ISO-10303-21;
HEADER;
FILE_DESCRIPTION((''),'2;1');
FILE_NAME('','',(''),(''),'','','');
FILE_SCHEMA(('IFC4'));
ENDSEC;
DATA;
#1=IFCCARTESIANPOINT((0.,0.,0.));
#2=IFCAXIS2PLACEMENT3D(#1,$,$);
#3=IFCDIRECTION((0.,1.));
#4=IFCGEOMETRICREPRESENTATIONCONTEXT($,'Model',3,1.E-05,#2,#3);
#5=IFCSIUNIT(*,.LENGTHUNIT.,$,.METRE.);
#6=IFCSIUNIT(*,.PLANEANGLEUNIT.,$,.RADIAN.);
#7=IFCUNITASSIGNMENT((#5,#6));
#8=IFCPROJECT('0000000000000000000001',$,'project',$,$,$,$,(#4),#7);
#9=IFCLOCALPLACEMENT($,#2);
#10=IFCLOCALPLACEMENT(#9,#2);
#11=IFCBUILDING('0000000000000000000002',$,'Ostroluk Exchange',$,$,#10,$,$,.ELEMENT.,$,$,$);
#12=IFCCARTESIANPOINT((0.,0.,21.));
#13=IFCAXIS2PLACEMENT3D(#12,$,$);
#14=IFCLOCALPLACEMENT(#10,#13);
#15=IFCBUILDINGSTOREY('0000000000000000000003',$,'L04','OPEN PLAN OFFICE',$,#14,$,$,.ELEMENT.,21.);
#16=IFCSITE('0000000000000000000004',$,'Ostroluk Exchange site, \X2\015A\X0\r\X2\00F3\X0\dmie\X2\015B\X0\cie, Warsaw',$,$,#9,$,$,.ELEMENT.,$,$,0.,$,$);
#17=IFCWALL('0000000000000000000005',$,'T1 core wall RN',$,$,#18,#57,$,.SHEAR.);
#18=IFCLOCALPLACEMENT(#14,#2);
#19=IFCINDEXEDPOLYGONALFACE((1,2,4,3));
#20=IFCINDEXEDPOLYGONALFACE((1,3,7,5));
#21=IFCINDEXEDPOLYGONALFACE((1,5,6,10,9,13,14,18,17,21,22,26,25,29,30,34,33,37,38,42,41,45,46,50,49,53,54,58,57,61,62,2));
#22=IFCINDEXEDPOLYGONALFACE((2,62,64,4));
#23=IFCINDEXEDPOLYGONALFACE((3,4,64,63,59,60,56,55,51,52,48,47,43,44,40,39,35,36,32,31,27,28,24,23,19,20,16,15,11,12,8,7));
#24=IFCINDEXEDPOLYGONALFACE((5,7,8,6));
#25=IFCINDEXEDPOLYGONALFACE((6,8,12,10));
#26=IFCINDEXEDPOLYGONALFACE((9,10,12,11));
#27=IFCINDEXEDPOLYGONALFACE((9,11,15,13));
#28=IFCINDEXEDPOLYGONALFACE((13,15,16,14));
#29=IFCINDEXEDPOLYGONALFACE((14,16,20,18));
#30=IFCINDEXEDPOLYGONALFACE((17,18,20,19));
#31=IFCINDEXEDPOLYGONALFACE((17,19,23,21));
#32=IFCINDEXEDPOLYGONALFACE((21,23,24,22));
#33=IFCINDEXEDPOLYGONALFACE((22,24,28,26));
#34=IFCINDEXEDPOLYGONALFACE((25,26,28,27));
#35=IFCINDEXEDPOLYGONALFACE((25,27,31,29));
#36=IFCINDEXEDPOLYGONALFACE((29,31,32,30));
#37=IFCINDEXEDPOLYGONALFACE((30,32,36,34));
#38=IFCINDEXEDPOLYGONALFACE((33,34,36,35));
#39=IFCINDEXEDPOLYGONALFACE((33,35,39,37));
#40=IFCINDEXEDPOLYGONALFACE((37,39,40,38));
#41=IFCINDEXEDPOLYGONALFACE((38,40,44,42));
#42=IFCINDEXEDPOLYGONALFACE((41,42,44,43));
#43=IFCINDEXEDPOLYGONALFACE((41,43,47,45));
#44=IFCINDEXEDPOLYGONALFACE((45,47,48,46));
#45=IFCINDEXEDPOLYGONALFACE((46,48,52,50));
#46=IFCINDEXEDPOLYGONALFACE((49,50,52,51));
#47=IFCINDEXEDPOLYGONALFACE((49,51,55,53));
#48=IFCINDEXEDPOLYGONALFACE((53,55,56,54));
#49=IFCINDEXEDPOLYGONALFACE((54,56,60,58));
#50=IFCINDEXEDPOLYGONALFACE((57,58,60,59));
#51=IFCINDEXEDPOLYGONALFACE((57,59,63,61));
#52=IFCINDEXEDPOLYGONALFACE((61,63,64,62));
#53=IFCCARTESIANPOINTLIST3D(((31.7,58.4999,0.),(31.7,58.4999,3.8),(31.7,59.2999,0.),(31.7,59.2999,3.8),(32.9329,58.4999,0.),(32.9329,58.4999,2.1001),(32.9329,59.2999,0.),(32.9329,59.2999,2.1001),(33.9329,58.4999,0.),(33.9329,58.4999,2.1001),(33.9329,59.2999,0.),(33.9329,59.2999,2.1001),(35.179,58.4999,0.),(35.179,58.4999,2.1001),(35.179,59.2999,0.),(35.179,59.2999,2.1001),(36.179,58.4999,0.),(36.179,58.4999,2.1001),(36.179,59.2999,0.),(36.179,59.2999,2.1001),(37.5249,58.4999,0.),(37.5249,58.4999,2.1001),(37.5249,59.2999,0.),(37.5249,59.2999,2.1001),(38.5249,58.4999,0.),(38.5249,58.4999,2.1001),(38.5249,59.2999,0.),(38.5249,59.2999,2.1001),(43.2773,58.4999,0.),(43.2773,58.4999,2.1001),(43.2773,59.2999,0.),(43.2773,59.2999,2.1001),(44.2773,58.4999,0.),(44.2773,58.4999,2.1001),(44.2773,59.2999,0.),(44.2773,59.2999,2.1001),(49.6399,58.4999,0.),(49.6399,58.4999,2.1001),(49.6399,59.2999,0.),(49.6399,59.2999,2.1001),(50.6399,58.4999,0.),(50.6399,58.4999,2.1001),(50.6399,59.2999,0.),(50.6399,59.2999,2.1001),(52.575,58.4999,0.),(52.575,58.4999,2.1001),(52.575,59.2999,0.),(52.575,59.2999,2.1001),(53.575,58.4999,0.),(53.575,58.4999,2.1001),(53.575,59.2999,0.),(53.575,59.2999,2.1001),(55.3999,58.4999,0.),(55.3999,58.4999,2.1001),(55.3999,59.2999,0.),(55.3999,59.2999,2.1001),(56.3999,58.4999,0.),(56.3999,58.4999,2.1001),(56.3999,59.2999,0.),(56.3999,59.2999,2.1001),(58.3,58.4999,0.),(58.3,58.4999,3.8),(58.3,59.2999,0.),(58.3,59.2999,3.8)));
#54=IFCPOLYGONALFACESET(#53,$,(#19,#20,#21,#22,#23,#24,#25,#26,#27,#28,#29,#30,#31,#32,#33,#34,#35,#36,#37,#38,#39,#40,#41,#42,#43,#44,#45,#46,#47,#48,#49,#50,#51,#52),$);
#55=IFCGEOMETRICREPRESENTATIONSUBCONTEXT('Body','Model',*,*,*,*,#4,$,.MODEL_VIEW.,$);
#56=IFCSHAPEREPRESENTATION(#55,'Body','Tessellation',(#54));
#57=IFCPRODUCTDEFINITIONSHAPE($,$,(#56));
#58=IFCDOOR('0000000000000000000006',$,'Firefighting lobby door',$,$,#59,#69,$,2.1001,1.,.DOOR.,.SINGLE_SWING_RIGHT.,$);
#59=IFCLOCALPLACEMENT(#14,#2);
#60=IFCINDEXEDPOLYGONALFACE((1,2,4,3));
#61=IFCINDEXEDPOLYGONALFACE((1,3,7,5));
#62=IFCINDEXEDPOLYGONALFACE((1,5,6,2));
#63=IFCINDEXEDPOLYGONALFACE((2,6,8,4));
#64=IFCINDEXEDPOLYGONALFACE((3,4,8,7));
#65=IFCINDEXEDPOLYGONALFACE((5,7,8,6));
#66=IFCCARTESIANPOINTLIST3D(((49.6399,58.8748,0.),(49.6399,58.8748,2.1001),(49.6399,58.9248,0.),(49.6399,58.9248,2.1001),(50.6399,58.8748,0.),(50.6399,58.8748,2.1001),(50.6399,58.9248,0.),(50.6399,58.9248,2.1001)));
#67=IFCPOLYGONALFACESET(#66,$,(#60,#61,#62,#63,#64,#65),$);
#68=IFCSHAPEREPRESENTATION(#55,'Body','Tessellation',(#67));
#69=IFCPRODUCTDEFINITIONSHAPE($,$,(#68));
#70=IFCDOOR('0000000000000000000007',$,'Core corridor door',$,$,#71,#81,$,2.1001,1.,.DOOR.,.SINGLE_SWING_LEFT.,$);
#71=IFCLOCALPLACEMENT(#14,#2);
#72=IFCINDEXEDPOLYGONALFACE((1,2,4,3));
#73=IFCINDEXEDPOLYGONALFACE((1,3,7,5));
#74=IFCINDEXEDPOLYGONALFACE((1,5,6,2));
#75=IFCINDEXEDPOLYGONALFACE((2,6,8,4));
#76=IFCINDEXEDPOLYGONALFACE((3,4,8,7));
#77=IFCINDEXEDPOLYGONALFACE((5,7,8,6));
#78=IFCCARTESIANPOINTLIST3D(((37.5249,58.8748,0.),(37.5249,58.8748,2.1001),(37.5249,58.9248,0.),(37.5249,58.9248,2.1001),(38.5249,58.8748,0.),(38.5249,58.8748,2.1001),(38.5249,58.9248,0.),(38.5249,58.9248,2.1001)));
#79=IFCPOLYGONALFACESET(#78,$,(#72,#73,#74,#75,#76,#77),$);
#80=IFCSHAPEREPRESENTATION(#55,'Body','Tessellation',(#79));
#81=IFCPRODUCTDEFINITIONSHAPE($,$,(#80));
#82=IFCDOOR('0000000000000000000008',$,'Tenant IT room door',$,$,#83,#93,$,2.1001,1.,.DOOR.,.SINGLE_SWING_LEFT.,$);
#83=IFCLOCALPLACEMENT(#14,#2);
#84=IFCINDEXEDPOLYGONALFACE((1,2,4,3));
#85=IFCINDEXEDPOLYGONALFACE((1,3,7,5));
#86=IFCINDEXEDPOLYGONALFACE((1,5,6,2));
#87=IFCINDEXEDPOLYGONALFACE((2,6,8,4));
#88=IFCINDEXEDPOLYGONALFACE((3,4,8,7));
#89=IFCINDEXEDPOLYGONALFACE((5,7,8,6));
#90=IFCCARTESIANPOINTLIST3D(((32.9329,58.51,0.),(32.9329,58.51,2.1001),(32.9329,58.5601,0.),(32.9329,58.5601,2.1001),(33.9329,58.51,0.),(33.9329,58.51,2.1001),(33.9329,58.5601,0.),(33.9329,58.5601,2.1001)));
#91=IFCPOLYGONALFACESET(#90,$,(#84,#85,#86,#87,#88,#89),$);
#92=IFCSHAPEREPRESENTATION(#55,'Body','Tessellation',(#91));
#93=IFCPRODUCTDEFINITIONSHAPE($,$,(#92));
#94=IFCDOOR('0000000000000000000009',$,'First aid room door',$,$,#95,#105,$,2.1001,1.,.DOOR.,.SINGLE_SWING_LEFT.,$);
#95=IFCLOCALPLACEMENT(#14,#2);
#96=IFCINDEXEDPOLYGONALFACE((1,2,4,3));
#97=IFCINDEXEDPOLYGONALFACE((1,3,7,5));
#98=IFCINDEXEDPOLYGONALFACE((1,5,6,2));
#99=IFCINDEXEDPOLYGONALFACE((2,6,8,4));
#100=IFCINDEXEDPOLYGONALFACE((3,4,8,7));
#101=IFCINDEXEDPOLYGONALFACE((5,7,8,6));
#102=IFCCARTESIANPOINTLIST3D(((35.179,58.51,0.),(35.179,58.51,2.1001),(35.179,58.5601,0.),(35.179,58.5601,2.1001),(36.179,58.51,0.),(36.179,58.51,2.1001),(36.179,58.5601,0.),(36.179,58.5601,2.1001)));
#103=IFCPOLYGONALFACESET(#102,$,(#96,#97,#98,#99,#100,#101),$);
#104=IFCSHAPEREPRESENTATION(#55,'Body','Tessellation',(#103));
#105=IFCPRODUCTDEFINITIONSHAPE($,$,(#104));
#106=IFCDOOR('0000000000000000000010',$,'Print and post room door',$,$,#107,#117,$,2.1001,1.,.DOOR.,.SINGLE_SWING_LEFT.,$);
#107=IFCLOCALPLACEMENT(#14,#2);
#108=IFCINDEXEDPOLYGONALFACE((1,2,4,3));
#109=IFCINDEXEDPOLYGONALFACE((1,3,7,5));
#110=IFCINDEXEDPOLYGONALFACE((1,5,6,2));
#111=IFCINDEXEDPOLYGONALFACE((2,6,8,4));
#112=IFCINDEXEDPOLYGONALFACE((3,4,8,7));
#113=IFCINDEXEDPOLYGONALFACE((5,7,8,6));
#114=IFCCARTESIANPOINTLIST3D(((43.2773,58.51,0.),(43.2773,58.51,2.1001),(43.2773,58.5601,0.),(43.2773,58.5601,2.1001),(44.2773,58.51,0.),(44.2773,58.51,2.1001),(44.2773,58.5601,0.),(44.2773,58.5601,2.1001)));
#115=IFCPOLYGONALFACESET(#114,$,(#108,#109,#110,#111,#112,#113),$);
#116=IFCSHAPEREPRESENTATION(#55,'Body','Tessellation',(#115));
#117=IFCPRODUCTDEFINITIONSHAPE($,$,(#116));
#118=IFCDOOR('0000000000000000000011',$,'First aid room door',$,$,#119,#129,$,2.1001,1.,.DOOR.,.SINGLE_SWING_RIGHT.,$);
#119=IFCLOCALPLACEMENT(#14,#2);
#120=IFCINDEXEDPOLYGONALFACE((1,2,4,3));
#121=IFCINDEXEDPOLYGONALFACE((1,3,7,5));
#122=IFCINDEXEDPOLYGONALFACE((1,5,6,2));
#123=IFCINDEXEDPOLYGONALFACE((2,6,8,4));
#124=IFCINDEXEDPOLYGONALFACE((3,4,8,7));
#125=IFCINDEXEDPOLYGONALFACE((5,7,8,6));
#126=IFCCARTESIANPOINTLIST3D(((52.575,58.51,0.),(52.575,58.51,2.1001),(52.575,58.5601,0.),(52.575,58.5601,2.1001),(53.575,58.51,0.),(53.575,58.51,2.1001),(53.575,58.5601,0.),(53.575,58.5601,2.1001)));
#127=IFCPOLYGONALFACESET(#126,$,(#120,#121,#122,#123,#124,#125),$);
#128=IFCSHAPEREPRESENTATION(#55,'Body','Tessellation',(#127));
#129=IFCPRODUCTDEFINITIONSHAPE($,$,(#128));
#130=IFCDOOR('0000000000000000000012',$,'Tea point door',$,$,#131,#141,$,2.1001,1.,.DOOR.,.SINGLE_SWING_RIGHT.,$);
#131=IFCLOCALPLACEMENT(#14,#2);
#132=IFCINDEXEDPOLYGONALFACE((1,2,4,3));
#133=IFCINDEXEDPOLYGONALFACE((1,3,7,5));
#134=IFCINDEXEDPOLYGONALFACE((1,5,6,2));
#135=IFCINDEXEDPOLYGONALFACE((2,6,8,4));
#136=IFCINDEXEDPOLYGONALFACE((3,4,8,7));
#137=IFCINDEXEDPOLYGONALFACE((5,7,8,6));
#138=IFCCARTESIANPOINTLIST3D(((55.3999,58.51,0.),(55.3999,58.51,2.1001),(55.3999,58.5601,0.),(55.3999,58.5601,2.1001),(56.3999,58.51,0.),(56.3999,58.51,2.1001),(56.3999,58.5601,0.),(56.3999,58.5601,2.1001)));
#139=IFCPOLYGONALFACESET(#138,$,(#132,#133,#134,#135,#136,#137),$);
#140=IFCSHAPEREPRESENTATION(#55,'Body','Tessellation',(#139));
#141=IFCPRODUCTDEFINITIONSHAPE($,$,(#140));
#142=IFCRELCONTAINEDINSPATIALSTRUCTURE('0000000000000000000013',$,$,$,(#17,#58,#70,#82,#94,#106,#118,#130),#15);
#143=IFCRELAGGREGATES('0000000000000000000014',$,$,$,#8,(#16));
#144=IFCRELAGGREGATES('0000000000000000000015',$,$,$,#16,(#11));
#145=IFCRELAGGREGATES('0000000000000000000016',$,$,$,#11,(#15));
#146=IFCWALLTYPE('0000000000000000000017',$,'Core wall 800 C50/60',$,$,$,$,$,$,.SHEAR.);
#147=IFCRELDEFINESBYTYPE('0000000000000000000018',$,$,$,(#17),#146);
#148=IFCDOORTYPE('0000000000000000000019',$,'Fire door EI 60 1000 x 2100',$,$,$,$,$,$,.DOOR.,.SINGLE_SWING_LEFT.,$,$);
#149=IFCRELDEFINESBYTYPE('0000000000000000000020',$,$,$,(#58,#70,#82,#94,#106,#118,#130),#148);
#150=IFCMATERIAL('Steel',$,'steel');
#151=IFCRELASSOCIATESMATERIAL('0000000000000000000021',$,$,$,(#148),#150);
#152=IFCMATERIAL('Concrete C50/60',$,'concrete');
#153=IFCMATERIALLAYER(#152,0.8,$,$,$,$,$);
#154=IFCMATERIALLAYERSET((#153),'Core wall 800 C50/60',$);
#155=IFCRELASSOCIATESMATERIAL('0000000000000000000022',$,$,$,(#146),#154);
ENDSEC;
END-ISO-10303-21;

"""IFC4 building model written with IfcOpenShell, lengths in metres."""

from ifc_helpers import new_model, si_unit, direction, frame, frame_2d, origin, place, context, subcontext, project, spatial, rectangle, extrude, material, layer, layer_set, type_object, element, fill, save


model = new_model("IFC4")

# Units and contexts
model_context = context("Model", 3, precision=1e-05, world=origin(), true_north=direction((0.0, 1.0)))
body_context = subcontext(model_context, "Body", "Model", "MODEL_VIEW")
ifc_project = project(units=[si_unit("LENGTHUNIT", "METRE"), si_unit("PLANEANGLEUNIT", "RADIAN")], contexts=[model_context])

# Site, building, storey
site_placement = place(None, origin())
site = spatial("IfcSite", under=ifc_project, at=site_placement, Name="Ostroluk Exchange site, Śródmieście, Warsaw", CompositionType="ELEMENT", RefElevation=0.0)
building_placement = place(site_placement, origin())
building = spatial("IfcBuilding", under=site, at=building_placement, Name="Ostroluk Exchange", CompositionType="ELEMENT")
storey_placement = place(building_placement, frame((0.0, 0.0, 21.0)))
storey = spatial("IfcBuildingStorey", under=building, at=storey_placement, Name="L04", Description="OPEN PLAN OFFICE", CompositionType="ELEMENT", Elevation=21.0)

# Wall, openings, doors
ifc_material_1 = material(Name="Steel", Category="steel")
door_type = type_object("IfcDoorType", Name="Fire door EI 60 1000 x 2100", OperationType="SINGLE_SWING_LEFT", PredefinedType="DOOR", material=ifc_material_1)
ifc_material_2 = material(Name="Concrete C50/60", Category="concrete")
ifc_layer_1 = layer(ifc_material_2, 0.8)
ifc_layer_set_1 = layer_set([ifc_layer_1], Name="Core wall 800 C50/60")
wall_type_1 = type_object("IfcWallType", Name="Core wall 800 C50/60", PredefinedType="SHEAR", material=ifc_layer_set_1)
wall_1_placement = place(storey_placement, frame((31.7, 58.8999, 0.0), z_axis=(0.0, 0.0, 1.0), x_axis=(1.0, 0.0, 0.0)))
wall_1 = element("IfcWall", 1, at=wall_1_placement, inside=storey, type_object=wall_type_1, Name="T1 core wall RN", PredefinedType="SHEAR", context=body_context, shape_type="SweptSolid", body=[
    extrude(rectangle(XDim=26.6001, YDim=0.8, at=frame_2d((13.3, 0.0))), origin(), (0.0, 0.0, 1.0), 3.8),
])
opening_1_placement = place(wall_1_placement, frame((17.9399, 0.0, 0.0)))
opening_1 = element("IfcOpeningElement", 2, at=opening_1_placement, cuts=wall_1, PredefinedType="OPENING", context=body_context, shape_type="SweptSolid", body=[
    extrude(rectangle(XDim=1.0, YDim=2.1001, at=frame_2d((0.5, 1.05))), frame((0.0, 0.4099, 0.0), z_axis=(0.0, -1.0, 0.0), x_axis=(1.0, 0.0, 0.0)), (0.0, 0.0, 1.0), 0.8201),
])
opening_2_placement = place(wall_1_placement, frame((5.825, 0.0, 0.0)))
opening_2 = element("IfcOpeningElement", 3, at=opening_2_placement, cuts=wall_1, PredefinedType="OPENING", context=body_context, shape_type="SweptSolid", body=[
    extrude(rectangle(XDim=1.0, YDim=2.1001, at=frame_2d((0.5, 1.05))), frame((0.0, 0.4099, 0.0), z_axis=(0.0, -1.0, 0.0), x_axis=(1.0, 0.0, 0.0)), (0.0, 0.0, 1.0), 0.8201),
])
opening_3_placement = place(wall_1_placement, frame((1.2329, 0.0, 0.0)))
opening_3 = element("IfcOpeningElement", 4, at=opening_3_placement, cuts=wall_1, PredefinedType="OPENING", context=body_context, shape_type="SweptSolid", body=[
    extrude(rectangle(XDim=1.0, YDim=2.1001, at=frame_2d((0.5, 1.05))), frame((0.0, 0.4099, 0.0), z_axis=(0.0, -1.0, 0.0), x_axis=(1.0, 0.0, 0.0)), (0.0, 0.0, 1.0), 0.8201),
])
opening_4_placement = place(wall_1_placement, frame((3.479, 0.0, 0.0)))
opening_4 = element("IfcOpeningElement", 5, at=opening_4_placement, cuts=wall_1, PredefinedType="OPENING", context=body_context, shape_type="SweptSolid", body=[
    extrude(rectangle(XDim=1.0, YDim=2.1001, at=frame_2d((0.5, 1.05))), frame((0.0, 0.4099, 0.0), z_axis=(0.0, -1.0, 0.0), x_axis=(1.0, 0.0, 0.0)), (0.0, 0.0, 1.0), 0.8201),
])
opening_5_placement = place(wall_1_placement, frame((11.5774, 0.0, 0.0)))
opening_5 = element("IfcOpeningElement", 6, at=opening_5_placement, cuts=wall_1, PredefinedType="OPENING", context=body_context, shape_type="SweptSolid", body=[
    extrude(rectangle(XDim=1.0, YDim=2.1001, at=frame_2d((0.5, 1.05))), frame((0.0, 0.4099, 0.0), z_axis=(0.0, -1.0, 0.0), x_axis=(1.0, 0.0, 0.0)), (0.0, 0.0, 1.0), 0.8201),
])
opening_6_placement = place(wall_1_placement, frame((20.875, 0.0, 0.0)))
opening_6 = element("IfcOpeningElement", 7, at=opening_6_placement, cuts=wall_1, PredefinedType="OPENING", context=body_context, shape_type="SweptSolid", body=[
    extrude(rectangle(XDim=1.0, YDim=2.1001, at=frame_2d((0.5, 1.05))), frame((0.0, 0.4099, 0.0), z_axis=(0.0, -1.0, 0.0), x_axis=(1.0, 0.0, 0.0)), (0.0, 0.0, 1.0), 0.8201),
])
opening_7_placement = place(wall_1_placement, frame((23.7, 0.0, 0.0)))
opening_7 = element("IfcOpeningElement", 8, at=opening_7_placement, cuts=wall_1, PredefinedType="OPENING", context=body_context, shape_type="SweptSolid", body=[
    extrude(rectangle(XDim=1.0, YDim=2.1001, at=frame_2d((0.5, 1.05))), frame((0.0, 0.4099, 0.0), z_axis=(0.0, -1.0, 0.0), x_axis=(1.0, 0.0, 0.0)), (0.0, 0.0, 1.0), 0.8201),
])
door_1_placement = place(opening_1_placement, origin())
door_1 = element("IfcDoor", 9, at=door_1_placement, inside=storey, type_object=door_type, Name="Firefighting lobby door", OperationType="SINGLE_SWING_RIGHT", OverallHeight=2.1001, OverallWidth=1.0, PredefinedType="DOOR", context=body_context, shape_type="SweptSolid", body=[
    extrude(rectangle(XDim=1.0, YDim=2.1001, at=frame_2d((0.5, 1.05))), frame((0.0, 0.0249, 0.0), z_axis=(0.0, -1.0, 0.0), x_axis=(1.0, 0.0, 0.0)), (0.0, 0.0, 1.0), 0.05),
])
fill(opening_1, door_1)
door_2_placement = place(opening_2_placement, origin())
door_2 = element("IfcDoor", 10, at=door_2_placement, inside=storey, type_object=door_type, Name="Core corridor door", OperationType="SINGLE_SWING_LEFT", OverallHeight=2.1001, OverallWidth=1.0, PredefinedType="DOOR", context=body_context, shape_type="SweptSolid", body=[
    extrude(rectangle(XDim=1.0, YDim=2.1001, at=frame_2d((0.5, 1.05))), frame((0.0, 0.0249, 0.0), z_axis=(0.0, -1.0, 0.0), x_axis=(1.0, 0.0, 0.0)), (0.0, 0.0, 1.0), 0.05),
])
fill(opening_2, door_2)
door_3_placement = place(opening_3_placement, origin())
door_3 = element("IfcDoor", 11, at=door_3_placement, inside=storey, type_object=door_type, Name="Tenant IT room door", OperationType="SINGLE_SWING_LEFT", OverallHeight=2.1001, OverallWidth=1.0, PredefinedType="DOOR", context=body_context, shape_type="SweptSolid", body=[
    extrude(rectangle(XDim=1.0, YDim=2.1001, at=frame_2d((0.5, 1.05))), frame((0.0, -0.3398, 0.0), z_axis=(0.0, -1.0, 0.0), x_axis=(1.0, 0.0, 0.0)), (0.0, 0.0, 1.0), 0.05),
])
fill(opening_3, door_3)
door_4_placement = place(opening_4_placement, origin())
door_4 = element("IfcDoor", 12, at=door_4_placement, inside=storey, type_object=door_type, Name="First aid room door", OperationType="SINGLE_SWING_LEFT", OverallHeight=2.1001, OverallWidth=1.0, PredefinedType="DOOR", context=body_context, shape_type="SweptSolid", body=[
    extrude(rectangle(XDim=1.0, YDim=2.1001, at=frame_2d((0.5, 1.05))), frame((0.0, -0.3398, 0.0), z_axis=(0.0, -1.0, 0.0), x_axis=(1.0, 0.0, 0.0)), (0.0, 0.0, 1.0), 0.05),
])
fill(opening_4, door_4)
door_5_placement = place(opening_5_placement, origin())
door_5 = element("IfcDoor", 13, at=door_5_placement, inside=storey, type_object=door_type, Name="Print and post room door", OperationType="SINGLE_SWING_LEFT", OverallHeight=2.1001, OverallWidth=1.0, PredefinedType="DOOR", context=body_context, shape_type="SweptSolid", body=[
    extrude(rectangle(XDim=1.0, YDim=2.1001, at=frame_2d((0.5, 1.05))), frame((0.0, -0.3398, 0.0), z_axis=(0.0, -1.0, 0.0), x_axis=(1.0, 0.0, 0.0)), (0.0, 0.0, 1.0), 0.05),
])
fill(opening_5, door_5)
door_6_placement = place(opening_6_placement, origin())
door_6 = element("IfcDoor", 14, at=door_6_placement, inside=storey, type_object=door_type, Name="First aid room door", OperationType="SINGLE_SWING_RIGHT", OverallHeight=2.1001, OverallWidth=1.0, PredefinedType="DOOR", context=body_context, shape_type="SweptSolid", body=[
    extrude(rectangle(XDim=1.0, YDim=2.1001, at=frame_2d((0.5, 1.05))), frame((0.0, -0.3398, 0.0), z_axis=(0.0, -1.0, 0.0), x_axis=(1.0, 0.0, 0.0)), (0.0, 0.0, 1.0), 0.05),
])
fill(opening_6, door_6)
door_7_placement = place(opening_7_placement, origin())
door_7 = element("IfcDoor", 15, at=door_7_placement, inside=storey, type_object=door_type, Name="Tea point door", OperationType="SINGLE_SWING_RIGHT", OverallHeight=2.1001, OverallWidth=1.0, PredefinedType="DOOR", context=body_context, shape_type="SweptSolid", body=[
    extrude(rectangle(XDim=1.0, YDim=2.1001, at=frame_2d((0.5, 1.05))), frame((0.0, -0.3398, 0.0), z_axis=(0.0, -1.0, 0.0), x_axis=(1.0, 0.0, 0.0)), (0.0, 0.0, 1.0), 0.05),
])
fill(opening_7, door_7)

save(model, "model.ifc")
